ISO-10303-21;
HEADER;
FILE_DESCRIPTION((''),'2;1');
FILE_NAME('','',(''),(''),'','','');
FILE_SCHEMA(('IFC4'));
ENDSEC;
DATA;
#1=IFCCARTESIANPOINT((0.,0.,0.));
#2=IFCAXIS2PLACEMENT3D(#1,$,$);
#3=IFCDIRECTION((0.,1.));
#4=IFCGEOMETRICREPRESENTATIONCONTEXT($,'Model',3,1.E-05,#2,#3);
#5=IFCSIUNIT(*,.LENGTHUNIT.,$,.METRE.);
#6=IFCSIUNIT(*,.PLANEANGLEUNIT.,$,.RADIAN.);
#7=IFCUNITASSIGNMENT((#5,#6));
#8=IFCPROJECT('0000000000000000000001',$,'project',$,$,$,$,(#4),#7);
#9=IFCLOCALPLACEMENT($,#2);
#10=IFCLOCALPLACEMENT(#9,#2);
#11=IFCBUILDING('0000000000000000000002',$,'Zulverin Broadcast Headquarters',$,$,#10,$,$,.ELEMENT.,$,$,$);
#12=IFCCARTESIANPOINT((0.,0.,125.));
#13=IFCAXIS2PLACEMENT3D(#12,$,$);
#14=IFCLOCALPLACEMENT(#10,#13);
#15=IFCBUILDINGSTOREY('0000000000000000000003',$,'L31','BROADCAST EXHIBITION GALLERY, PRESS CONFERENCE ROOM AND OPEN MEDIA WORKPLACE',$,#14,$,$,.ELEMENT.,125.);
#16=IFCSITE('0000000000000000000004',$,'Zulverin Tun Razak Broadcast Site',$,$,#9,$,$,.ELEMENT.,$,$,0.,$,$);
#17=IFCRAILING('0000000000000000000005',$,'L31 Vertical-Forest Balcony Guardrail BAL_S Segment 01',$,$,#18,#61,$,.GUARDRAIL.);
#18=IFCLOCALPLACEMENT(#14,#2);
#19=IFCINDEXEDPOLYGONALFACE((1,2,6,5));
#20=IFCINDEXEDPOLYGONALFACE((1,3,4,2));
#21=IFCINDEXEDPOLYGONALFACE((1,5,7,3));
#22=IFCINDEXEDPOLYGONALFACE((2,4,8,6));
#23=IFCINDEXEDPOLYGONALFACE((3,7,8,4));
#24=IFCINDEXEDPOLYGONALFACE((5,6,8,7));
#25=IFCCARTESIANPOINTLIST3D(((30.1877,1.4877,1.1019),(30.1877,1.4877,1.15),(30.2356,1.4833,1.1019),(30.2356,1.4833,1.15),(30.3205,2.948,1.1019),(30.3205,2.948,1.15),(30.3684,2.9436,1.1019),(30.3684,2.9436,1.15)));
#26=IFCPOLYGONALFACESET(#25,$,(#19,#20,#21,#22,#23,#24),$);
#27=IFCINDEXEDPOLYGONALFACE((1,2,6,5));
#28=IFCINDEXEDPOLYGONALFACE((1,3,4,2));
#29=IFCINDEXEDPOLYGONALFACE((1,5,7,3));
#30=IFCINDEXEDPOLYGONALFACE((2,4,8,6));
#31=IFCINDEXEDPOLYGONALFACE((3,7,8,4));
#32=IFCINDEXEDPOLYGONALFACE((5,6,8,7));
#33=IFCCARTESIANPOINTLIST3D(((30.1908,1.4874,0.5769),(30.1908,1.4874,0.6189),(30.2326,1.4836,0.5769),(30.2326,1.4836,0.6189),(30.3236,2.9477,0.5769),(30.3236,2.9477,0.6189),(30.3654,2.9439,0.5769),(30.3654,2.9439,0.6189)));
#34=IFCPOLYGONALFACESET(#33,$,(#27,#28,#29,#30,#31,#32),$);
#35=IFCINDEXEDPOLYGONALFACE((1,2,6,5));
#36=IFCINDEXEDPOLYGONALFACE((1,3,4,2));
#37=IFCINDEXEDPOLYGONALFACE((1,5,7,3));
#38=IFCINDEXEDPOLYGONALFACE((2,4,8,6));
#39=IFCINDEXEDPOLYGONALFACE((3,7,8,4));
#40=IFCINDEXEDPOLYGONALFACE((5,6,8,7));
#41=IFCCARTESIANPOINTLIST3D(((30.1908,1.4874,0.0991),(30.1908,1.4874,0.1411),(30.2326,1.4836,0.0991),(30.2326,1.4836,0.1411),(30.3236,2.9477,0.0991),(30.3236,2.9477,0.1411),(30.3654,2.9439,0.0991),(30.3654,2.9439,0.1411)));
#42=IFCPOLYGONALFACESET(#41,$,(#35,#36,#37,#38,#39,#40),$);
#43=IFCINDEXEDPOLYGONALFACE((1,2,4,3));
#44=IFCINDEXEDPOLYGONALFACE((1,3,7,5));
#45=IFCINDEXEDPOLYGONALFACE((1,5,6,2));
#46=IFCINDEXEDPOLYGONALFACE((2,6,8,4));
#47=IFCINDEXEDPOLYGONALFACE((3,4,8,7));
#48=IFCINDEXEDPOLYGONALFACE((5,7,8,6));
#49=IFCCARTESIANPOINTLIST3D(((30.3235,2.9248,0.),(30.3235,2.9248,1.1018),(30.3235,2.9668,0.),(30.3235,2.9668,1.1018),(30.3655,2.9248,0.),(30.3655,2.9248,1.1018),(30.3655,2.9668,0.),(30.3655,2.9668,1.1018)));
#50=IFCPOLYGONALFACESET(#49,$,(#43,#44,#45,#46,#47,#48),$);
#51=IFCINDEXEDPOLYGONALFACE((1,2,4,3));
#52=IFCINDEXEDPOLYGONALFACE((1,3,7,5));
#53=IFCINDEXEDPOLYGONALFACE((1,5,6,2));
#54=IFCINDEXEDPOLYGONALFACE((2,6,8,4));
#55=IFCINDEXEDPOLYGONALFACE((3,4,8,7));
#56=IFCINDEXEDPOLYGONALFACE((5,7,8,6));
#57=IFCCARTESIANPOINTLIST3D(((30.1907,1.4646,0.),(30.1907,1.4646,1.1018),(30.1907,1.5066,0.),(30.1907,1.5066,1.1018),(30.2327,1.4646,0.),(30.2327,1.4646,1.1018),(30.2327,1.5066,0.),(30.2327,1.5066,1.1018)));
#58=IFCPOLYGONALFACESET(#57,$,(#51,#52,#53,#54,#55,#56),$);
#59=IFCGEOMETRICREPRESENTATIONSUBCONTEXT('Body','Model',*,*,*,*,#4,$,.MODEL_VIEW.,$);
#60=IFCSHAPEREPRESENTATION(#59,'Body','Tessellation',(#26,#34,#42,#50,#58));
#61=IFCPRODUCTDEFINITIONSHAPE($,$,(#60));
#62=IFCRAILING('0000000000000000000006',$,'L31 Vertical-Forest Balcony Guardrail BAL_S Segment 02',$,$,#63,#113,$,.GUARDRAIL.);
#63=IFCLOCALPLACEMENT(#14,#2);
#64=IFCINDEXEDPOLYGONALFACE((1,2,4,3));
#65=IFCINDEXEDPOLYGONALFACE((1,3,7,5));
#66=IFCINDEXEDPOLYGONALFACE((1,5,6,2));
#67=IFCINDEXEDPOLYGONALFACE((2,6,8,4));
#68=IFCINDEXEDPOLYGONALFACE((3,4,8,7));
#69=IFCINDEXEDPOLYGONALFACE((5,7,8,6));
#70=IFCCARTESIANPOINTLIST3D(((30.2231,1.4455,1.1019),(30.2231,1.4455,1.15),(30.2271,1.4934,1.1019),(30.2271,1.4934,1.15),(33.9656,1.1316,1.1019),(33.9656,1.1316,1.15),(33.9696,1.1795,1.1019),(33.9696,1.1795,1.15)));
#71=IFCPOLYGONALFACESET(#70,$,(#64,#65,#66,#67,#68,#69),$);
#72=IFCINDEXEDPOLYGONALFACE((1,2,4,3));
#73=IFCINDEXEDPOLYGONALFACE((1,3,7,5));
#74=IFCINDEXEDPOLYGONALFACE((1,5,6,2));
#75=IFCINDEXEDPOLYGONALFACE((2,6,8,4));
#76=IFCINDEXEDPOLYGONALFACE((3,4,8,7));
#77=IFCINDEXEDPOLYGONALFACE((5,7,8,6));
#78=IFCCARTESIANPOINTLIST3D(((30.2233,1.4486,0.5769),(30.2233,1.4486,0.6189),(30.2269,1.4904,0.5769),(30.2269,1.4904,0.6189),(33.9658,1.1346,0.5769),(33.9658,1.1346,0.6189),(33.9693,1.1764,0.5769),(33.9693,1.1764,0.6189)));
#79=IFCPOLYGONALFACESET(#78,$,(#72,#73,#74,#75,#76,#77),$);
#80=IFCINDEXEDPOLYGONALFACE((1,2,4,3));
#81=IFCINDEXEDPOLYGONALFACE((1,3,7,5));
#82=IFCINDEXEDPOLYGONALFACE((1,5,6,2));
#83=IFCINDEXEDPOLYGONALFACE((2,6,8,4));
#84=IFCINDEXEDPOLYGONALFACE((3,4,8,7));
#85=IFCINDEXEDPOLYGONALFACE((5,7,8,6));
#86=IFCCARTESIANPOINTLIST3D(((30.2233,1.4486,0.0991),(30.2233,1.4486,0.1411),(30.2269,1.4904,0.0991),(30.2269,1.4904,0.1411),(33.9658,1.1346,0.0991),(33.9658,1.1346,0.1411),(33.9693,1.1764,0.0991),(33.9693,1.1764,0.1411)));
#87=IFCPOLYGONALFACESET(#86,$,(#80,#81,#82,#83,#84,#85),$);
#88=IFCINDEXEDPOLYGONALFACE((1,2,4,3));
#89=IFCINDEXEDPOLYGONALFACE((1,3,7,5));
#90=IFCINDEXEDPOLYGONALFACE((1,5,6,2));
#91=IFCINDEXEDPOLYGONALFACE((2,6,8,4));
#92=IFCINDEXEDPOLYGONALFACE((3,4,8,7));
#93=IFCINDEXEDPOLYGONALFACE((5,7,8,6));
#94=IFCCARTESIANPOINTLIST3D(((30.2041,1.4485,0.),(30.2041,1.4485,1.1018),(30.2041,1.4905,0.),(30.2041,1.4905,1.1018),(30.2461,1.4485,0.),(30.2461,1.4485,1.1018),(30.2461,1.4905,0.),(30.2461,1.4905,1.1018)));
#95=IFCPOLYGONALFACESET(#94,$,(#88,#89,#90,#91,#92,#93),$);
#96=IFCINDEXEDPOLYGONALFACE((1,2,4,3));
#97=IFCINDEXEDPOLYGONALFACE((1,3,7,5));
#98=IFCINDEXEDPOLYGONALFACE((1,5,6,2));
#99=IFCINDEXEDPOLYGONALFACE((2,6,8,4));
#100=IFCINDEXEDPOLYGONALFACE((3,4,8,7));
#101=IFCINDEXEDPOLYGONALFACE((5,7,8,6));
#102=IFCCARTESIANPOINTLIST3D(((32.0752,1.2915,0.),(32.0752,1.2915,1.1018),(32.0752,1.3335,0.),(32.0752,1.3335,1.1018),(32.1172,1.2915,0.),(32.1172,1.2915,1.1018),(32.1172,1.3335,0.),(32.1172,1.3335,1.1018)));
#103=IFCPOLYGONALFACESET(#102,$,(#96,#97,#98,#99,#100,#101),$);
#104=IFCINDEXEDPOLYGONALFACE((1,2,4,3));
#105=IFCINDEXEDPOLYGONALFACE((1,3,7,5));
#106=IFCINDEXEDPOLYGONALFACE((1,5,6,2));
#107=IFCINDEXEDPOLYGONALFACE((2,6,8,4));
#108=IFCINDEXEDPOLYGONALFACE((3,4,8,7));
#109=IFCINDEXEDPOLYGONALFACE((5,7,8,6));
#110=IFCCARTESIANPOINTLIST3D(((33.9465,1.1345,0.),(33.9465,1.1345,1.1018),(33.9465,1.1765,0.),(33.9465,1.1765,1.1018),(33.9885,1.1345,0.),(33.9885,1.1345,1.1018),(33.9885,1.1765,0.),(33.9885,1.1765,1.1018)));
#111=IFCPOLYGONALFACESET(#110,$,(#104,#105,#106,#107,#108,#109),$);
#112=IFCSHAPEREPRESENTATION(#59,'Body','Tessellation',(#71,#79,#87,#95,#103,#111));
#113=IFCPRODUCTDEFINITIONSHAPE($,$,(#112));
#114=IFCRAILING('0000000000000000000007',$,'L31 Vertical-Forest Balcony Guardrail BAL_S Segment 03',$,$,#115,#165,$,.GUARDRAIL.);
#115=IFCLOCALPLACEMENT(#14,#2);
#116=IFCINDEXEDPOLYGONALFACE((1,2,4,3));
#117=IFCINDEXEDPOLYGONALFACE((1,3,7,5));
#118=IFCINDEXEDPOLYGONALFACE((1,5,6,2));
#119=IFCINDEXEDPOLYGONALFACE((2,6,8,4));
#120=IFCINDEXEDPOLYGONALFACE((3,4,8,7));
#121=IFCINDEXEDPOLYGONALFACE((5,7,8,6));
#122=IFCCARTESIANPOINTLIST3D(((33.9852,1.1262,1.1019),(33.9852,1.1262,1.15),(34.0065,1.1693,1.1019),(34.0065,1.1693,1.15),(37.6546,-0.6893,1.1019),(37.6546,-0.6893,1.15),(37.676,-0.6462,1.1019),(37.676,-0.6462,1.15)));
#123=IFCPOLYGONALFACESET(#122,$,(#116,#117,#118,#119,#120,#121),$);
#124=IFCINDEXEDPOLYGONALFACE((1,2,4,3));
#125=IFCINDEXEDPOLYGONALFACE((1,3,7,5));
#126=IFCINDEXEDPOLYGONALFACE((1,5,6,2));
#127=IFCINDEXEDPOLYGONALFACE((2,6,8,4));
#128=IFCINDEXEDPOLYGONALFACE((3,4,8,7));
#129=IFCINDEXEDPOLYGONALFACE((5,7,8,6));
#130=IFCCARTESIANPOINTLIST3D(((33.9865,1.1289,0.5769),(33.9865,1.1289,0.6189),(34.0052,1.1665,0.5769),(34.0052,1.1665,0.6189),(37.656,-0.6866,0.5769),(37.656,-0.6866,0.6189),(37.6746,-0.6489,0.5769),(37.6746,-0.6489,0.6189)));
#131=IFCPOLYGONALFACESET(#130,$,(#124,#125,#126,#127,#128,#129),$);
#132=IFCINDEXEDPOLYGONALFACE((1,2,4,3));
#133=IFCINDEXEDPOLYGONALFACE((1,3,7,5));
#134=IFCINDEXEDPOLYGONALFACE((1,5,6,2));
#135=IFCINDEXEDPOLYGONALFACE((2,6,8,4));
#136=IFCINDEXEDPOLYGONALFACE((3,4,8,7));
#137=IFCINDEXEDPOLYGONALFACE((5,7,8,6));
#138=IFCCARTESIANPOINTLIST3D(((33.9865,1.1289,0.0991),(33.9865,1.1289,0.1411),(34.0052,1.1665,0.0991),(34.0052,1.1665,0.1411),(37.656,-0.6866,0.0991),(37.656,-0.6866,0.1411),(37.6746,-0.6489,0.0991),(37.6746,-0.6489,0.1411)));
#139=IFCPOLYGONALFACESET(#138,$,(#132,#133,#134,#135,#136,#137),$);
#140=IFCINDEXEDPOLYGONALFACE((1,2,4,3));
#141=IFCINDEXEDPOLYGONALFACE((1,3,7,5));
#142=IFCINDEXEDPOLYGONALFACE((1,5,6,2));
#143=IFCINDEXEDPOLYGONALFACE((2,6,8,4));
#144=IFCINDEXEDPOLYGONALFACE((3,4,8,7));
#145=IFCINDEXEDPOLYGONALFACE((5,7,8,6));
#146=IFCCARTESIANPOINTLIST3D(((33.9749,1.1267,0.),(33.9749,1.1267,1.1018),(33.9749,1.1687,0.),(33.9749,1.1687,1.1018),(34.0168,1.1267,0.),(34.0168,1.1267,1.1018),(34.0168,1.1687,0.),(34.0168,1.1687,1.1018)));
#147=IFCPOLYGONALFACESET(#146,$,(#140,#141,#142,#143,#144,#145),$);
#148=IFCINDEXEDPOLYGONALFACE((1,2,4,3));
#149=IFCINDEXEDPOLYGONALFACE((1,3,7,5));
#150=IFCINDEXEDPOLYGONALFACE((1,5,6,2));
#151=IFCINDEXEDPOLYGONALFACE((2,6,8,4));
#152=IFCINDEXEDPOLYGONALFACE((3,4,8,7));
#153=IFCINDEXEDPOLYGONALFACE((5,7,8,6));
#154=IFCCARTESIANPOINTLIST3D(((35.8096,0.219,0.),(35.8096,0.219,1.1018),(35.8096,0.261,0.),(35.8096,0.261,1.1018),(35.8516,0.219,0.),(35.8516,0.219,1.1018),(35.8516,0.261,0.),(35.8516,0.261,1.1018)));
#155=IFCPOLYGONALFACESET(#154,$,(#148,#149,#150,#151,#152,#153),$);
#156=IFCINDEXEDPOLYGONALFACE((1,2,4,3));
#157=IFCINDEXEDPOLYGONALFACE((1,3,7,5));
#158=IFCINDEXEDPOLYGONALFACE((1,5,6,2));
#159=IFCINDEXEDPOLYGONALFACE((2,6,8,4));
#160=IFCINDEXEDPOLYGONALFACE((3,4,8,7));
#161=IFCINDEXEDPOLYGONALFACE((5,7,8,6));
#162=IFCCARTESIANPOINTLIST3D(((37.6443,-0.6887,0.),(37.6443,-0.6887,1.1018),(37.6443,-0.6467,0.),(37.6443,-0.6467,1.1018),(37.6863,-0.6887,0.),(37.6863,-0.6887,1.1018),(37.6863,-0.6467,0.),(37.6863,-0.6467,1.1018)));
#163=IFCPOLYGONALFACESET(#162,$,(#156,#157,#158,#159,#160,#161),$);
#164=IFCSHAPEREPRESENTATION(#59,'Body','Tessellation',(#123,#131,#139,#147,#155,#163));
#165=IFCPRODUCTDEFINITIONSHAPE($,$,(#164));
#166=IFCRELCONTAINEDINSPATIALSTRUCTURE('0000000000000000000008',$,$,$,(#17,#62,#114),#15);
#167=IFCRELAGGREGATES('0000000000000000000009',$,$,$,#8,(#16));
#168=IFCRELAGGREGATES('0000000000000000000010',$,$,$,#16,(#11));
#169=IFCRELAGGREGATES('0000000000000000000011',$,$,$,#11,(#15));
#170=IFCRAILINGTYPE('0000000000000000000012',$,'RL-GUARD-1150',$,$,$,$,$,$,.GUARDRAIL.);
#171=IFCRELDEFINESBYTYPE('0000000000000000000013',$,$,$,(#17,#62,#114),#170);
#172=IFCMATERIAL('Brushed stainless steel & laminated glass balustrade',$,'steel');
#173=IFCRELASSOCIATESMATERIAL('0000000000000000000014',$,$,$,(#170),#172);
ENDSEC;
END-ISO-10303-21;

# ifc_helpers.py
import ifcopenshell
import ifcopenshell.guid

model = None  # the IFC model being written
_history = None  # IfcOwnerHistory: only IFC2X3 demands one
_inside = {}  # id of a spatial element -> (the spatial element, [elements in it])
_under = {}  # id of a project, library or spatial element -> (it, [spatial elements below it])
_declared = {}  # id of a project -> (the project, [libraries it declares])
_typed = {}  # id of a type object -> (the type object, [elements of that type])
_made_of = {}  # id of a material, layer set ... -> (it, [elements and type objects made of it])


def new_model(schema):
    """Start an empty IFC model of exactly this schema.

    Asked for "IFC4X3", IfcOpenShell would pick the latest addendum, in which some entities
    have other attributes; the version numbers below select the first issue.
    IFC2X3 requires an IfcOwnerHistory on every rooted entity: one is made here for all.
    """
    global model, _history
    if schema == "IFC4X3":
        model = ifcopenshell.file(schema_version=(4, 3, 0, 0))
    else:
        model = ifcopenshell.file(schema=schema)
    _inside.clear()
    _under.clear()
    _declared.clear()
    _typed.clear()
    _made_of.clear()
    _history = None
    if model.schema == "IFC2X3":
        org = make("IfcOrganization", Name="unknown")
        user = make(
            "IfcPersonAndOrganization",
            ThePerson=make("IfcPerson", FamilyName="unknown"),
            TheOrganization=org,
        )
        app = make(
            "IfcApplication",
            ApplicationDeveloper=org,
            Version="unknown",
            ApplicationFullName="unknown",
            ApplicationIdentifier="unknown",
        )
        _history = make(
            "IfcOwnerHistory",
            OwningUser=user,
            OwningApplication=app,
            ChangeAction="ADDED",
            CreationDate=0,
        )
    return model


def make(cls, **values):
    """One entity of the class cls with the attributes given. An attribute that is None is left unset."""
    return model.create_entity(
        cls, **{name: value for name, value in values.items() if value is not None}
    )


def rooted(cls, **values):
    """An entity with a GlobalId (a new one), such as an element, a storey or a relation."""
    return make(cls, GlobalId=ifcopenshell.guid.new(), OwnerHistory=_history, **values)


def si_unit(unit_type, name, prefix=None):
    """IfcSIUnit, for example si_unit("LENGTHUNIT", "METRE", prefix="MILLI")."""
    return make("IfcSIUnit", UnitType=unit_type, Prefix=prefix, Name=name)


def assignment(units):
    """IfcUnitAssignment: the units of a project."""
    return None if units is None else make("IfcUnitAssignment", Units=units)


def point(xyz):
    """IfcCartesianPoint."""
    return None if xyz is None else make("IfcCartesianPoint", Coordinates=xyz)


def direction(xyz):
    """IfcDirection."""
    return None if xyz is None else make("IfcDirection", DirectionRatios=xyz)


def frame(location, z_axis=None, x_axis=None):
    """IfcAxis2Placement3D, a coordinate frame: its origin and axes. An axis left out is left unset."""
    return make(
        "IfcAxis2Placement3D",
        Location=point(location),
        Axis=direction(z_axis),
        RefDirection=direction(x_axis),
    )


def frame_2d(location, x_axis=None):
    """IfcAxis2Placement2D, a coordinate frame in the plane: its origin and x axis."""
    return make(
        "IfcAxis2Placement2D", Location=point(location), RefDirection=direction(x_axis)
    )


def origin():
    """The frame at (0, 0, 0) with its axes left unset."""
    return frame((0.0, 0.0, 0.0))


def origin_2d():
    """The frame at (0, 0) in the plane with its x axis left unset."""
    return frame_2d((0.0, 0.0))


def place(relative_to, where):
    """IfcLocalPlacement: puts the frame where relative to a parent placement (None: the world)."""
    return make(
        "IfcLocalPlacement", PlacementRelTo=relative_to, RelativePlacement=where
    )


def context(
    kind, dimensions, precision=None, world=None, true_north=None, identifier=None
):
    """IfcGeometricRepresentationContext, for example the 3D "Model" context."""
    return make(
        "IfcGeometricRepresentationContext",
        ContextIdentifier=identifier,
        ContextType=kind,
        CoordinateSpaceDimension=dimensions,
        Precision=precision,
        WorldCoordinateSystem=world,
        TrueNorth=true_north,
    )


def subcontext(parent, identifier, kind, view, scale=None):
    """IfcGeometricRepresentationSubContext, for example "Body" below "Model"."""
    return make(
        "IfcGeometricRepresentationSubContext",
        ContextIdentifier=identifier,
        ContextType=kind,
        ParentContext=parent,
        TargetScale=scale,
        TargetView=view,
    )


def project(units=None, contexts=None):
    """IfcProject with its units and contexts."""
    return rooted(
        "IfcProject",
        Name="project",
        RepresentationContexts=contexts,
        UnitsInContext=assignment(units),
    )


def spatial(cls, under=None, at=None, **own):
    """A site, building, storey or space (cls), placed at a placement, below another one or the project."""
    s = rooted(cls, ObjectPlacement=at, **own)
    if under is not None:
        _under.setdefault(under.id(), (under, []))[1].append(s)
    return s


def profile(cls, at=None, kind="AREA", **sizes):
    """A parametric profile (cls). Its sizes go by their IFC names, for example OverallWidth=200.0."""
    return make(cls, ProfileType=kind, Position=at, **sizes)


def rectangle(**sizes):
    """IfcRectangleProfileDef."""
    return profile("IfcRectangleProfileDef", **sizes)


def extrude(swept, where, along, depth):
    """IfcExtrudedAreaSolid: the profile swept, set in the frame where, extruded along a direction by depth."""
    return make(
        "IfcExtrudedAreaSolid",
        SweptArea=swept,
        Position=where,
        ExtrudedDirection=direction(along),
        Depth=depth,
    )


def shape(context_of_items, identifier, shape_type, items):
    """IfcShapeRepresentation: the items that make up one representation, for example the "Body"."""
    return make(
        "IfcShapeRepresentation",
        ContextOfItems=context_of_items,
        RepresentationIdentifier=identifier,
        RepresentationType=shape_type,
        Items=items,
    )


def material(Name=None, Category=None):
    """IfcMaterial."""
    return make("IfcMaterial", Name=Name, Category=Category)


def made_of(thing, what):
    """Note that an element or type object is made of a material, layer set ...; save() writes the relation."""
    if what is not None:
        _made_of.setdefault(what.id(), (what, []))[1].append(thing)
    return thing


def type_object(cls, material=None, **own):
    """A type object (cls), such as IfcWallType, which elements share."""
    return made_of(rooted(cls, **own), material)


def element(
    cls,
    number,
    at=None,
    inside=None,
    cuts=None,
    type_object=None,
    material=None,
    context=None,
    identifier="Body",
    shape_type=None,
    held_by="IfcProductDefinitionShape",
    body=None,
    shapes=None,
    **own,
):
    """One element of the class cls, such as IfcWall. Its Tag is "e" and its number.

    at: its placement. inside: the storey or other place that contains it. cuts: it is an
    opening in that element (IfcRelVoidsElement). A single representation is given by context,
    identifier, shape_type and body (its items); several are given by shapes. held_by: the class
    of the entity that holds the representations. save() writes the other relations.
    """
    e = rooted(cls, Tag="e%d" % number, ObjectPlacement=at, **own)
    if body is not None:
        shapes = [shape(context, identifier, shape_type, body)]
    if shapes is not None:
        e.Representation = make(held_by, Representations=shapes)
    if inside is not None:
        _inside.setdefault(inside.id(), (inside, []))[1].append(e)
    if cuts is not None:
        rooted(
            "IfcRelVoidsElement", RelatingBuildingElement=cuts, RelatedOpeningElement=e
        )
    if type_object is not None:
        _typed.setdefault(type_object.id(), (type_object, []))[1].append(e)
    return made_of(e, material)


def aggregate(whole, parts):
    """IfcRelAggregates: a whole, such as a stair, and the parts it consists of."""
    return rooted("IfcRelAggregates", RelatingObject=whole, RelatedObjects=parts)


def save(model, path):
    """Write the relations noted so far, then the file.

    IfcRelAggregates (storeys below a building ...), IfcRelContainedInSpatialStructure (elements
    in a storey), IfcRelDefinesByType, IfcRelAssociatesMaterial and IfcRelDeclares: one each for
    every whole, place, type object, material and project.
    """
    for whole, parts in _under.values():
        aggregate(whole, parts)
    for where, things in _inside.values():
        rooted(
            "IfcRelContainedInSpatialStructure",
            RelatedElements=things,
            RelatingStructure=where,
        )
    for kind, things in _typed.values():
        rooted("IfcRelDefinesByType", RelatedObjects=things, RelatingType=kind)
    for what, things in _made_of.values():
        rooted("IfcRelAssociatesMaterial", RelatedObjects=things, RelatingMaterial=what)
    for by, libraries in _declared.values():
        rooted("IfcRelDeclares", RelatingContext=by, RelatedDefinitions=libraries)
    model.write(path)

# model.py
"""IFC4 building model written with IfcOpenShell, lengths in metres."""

from ifc_helpers import new_model, si_unit, direction, frame, origin, origin_2d, place, context, subcontext, project, spatial, rectangle, extrude, material, type_object, element, save


model = new_model("IFC4")

# Units and contexts
model_context = context("Model", 3, precision=1e-05, world=origin(), true_north=direction((0.0, 1.0)))
body_context = subcontext(model_context, "Body", "Model", "MODEL_VIEW")
ifc_project = project(units=[si_unit("LENGTHUNIT", "METRE"), si_unit("PLANEANGLEUNIT", "RADIAN")], contexts=[model_context])

# Site, building, storey
site_placement = place(None, origin())
site = spatial("IfcSite", under=ifc_project, at=site_placement, Name="Zulverin Tun Razak Broadcast Site", CompositionType="ELEMENT", RefElevation=0.0)
building_placement = place(site_placement, origin())
building = spatial("IfcBuilding", under=site, at=building_placement, Name="Zulverin Broadcast Headquarters", CompositionType="ELEMENT")
storey_placement = place(building_placement, frame((0.0, 0.0, 125.0)))
storey = spatial("IfcBuildingStorey", under=building, at=storey_placement, Name="L31", Description="BROADCAST EXHIBITION GALLERY, PRESS CONFERENCE ROOM AND OPEN MEDIA WORKPLACE", CompositionType="ELEMENT", Elevation=125.0)

# Railings
ifc_material_1 = material(Name="Brushed stainless steel & laminated glass balustrade", Category="steel")
railing_type = type_object("IfcRailingType", Name="RL-GUARD-1150", PredefinedType="GUARDRAIL", material=ifc_material_1)
railing_1_placement = place(storey_placement, frame((30.3445, 2.9458, 0.0)))
element("IfcRailing", 1, at=railing_1_placement, inside=storey, type_object=railing_type, Name="L31 Vertical-Forest Balcony Guardrail BAL_S Segment 01", PredefinedType="GUARDRAIL", context=body_context, shape_type="SweptSolid", body=[
    extrude(rectangle(XDim=0.0481, YDim=0.0481, at=origin_2d()), frame((0.0, 0.0, 1.126), z_axis=(-0.090581, -0.995889, 0.0), x_axis=(0.995889, -0.090581, 0.0)), (0.0, 0.0, 1.0), 1.4663),
    extrude(rectangle(XDim=0.042, YDim=0.042, at=origin_2d()), frame((0.0, 0.0, 0.5979), z_axis=(-0.090581, -0.995889, 0.0), x_axis=(0.995889, -0.090581, 0.0)), (0.0, 0.0, 1.0), 1.4663),
    extrude(rectangle(XDim=0.042, YDim=0.042, at=origin_2d()), frame((0.0, 0.0, 0.1201), z_axis=(-0.090581, -0.995889, 0.0), x_axis=(0.995889, -0.090581, 0.0)), (0.0, 0.0, 1.0), 1.4663),
    extrude(rectangle(XDim=0.042, YDim=0.042, at=origin_2d()), origin(), (0.0, 0.0, 1.0), 1.1018),
    extrude(rectangle(XDim=0.042, YDim=0.042, at=origin_2d()), frame((-0.1328, -1.4602, 0.0)), (0.0, 0.0, 1.0), 1.1018),
])
railing_2_placement = place(storey_placement, frame((30.2251, 1.4695, 0.0)))
element("IfcRailing", 2, at=railing_2_placement, inside=storey, type_object=railing_type, Name="L31 Vertical-Forest Balcony Guardrail BAL_S Segment 02", PredefinedType="GUARDRAIL", context=body_context, shape_type="SweptSolid", body=[
    extrude(rectangle(XDim=0.0481, YDim=0.0481, at=origin_2d()), frame((0.0, 0.0, 1.126), z_axis=(0.996499, -0.0836, 0.0), x_axis=(0.0836, 0.996499, 0.0)), (0.0, 0.0, 1.0), 3.7556),
    extrude(rectangle(XDim=0.042, YDim=0.042, at=origin_2d()), frame((0.0, 0.0, 0.5979), z_axis=(0.996499, -0.0836, 0.0), x_axis=(0.0836, 0.996499, 0.0)), (0.0, 0.0, 1.0), 3.7556),
    extrude(rectangle(XDim=0.042, YDim=0.042, at=origin_2d()), frame((0.0, 0.0, 0.1201), z_axis=(0.996499, -0.0836, 0.0), x_axis=(0.0836, 0.996499, 0.0)), (0.0, 0.0, 1.0), 3.7556),
    extrude(rectangle(XDim=0.042, YDim=0.042, at=origin_2d()), origin(), (0.0, 0.0, 1.0), 1.1018),
    extrude(rectangle(XDim=0.042, YDim=0.042, at=origin_2d()), frame((1.8711, -0.157, 0.0)), (0.0, 0.0, 1.0), 1.1018),
    extrude(rectangle(XDim=0.042, YDim=0.042, at=origin_2d()), frame((3.7424, -0.314, 0.0)), (0.0, 0.0, 1.0), 1.1018),
])
railing_3_placement = place(storey_placement, frame((33.9958, 1.1477, 0.0)))
element("IfcRailing", 3, at=railing_3_placement, inside=storey, type_object=railing_type, Name="L31 Vertical-Forest Balcony Guardrail BAL_S Segment 03", PredefinedType="GUARDRAIL", context=body_context, shape_type="SweptSolid", body=[
    extrude(rectangle(XDim=0.0481, YDim=0.0481, at=origin_2d()), frame((0.0, 0.0, 1.126), z_axis=(0.896304, -0.443441, 0.0), x_axis=(0.443441, 0.896304, 0.0)), (0.0, 0.0, 1.0), 4.094),
    extrude(rectangle(XDim=0.042, YDim=0.042, at=origin_2d()), frame((0.0, 0.0, 0.5979), z_axis=(0.896304, -0.443441, 0.0), x_axis=(0.443441, 0.896304, 0.0)), (0.0, 0.0, 1.0), 4.094),
    extrude(rectangle(XDim=0.042, YDim=0.042, at=origin_2d()), frame((0.0, 0.0, 0.1201), z_axis=(0.896304, -0.443441, 0.0), x_axis=(0.443441, 0.896304, 0.0)), (0.0, 0.0, 1.0), 4.094),
    extrude(rectangle(XDim=0.042, YDim=0.042, at=origin_2d()), origin(), (0.0, 0.0, 1.0), 1.1018),
    extrude(rectangle(XDim=0.042, YDim=0.042, at=origin_2d()), frame((1.8347, -0.9077, 0.0)), (0.0, 0.0, 1.0), 1.1018),
    extrude(rectangle(XDim=0.042, YDim=0.042, at=origin_2d()), frame((3.6694, -1.8154, 0.0)), (0.0, 0.0, 1.0), 1.1018),
])

save(model, "model.ifc")
